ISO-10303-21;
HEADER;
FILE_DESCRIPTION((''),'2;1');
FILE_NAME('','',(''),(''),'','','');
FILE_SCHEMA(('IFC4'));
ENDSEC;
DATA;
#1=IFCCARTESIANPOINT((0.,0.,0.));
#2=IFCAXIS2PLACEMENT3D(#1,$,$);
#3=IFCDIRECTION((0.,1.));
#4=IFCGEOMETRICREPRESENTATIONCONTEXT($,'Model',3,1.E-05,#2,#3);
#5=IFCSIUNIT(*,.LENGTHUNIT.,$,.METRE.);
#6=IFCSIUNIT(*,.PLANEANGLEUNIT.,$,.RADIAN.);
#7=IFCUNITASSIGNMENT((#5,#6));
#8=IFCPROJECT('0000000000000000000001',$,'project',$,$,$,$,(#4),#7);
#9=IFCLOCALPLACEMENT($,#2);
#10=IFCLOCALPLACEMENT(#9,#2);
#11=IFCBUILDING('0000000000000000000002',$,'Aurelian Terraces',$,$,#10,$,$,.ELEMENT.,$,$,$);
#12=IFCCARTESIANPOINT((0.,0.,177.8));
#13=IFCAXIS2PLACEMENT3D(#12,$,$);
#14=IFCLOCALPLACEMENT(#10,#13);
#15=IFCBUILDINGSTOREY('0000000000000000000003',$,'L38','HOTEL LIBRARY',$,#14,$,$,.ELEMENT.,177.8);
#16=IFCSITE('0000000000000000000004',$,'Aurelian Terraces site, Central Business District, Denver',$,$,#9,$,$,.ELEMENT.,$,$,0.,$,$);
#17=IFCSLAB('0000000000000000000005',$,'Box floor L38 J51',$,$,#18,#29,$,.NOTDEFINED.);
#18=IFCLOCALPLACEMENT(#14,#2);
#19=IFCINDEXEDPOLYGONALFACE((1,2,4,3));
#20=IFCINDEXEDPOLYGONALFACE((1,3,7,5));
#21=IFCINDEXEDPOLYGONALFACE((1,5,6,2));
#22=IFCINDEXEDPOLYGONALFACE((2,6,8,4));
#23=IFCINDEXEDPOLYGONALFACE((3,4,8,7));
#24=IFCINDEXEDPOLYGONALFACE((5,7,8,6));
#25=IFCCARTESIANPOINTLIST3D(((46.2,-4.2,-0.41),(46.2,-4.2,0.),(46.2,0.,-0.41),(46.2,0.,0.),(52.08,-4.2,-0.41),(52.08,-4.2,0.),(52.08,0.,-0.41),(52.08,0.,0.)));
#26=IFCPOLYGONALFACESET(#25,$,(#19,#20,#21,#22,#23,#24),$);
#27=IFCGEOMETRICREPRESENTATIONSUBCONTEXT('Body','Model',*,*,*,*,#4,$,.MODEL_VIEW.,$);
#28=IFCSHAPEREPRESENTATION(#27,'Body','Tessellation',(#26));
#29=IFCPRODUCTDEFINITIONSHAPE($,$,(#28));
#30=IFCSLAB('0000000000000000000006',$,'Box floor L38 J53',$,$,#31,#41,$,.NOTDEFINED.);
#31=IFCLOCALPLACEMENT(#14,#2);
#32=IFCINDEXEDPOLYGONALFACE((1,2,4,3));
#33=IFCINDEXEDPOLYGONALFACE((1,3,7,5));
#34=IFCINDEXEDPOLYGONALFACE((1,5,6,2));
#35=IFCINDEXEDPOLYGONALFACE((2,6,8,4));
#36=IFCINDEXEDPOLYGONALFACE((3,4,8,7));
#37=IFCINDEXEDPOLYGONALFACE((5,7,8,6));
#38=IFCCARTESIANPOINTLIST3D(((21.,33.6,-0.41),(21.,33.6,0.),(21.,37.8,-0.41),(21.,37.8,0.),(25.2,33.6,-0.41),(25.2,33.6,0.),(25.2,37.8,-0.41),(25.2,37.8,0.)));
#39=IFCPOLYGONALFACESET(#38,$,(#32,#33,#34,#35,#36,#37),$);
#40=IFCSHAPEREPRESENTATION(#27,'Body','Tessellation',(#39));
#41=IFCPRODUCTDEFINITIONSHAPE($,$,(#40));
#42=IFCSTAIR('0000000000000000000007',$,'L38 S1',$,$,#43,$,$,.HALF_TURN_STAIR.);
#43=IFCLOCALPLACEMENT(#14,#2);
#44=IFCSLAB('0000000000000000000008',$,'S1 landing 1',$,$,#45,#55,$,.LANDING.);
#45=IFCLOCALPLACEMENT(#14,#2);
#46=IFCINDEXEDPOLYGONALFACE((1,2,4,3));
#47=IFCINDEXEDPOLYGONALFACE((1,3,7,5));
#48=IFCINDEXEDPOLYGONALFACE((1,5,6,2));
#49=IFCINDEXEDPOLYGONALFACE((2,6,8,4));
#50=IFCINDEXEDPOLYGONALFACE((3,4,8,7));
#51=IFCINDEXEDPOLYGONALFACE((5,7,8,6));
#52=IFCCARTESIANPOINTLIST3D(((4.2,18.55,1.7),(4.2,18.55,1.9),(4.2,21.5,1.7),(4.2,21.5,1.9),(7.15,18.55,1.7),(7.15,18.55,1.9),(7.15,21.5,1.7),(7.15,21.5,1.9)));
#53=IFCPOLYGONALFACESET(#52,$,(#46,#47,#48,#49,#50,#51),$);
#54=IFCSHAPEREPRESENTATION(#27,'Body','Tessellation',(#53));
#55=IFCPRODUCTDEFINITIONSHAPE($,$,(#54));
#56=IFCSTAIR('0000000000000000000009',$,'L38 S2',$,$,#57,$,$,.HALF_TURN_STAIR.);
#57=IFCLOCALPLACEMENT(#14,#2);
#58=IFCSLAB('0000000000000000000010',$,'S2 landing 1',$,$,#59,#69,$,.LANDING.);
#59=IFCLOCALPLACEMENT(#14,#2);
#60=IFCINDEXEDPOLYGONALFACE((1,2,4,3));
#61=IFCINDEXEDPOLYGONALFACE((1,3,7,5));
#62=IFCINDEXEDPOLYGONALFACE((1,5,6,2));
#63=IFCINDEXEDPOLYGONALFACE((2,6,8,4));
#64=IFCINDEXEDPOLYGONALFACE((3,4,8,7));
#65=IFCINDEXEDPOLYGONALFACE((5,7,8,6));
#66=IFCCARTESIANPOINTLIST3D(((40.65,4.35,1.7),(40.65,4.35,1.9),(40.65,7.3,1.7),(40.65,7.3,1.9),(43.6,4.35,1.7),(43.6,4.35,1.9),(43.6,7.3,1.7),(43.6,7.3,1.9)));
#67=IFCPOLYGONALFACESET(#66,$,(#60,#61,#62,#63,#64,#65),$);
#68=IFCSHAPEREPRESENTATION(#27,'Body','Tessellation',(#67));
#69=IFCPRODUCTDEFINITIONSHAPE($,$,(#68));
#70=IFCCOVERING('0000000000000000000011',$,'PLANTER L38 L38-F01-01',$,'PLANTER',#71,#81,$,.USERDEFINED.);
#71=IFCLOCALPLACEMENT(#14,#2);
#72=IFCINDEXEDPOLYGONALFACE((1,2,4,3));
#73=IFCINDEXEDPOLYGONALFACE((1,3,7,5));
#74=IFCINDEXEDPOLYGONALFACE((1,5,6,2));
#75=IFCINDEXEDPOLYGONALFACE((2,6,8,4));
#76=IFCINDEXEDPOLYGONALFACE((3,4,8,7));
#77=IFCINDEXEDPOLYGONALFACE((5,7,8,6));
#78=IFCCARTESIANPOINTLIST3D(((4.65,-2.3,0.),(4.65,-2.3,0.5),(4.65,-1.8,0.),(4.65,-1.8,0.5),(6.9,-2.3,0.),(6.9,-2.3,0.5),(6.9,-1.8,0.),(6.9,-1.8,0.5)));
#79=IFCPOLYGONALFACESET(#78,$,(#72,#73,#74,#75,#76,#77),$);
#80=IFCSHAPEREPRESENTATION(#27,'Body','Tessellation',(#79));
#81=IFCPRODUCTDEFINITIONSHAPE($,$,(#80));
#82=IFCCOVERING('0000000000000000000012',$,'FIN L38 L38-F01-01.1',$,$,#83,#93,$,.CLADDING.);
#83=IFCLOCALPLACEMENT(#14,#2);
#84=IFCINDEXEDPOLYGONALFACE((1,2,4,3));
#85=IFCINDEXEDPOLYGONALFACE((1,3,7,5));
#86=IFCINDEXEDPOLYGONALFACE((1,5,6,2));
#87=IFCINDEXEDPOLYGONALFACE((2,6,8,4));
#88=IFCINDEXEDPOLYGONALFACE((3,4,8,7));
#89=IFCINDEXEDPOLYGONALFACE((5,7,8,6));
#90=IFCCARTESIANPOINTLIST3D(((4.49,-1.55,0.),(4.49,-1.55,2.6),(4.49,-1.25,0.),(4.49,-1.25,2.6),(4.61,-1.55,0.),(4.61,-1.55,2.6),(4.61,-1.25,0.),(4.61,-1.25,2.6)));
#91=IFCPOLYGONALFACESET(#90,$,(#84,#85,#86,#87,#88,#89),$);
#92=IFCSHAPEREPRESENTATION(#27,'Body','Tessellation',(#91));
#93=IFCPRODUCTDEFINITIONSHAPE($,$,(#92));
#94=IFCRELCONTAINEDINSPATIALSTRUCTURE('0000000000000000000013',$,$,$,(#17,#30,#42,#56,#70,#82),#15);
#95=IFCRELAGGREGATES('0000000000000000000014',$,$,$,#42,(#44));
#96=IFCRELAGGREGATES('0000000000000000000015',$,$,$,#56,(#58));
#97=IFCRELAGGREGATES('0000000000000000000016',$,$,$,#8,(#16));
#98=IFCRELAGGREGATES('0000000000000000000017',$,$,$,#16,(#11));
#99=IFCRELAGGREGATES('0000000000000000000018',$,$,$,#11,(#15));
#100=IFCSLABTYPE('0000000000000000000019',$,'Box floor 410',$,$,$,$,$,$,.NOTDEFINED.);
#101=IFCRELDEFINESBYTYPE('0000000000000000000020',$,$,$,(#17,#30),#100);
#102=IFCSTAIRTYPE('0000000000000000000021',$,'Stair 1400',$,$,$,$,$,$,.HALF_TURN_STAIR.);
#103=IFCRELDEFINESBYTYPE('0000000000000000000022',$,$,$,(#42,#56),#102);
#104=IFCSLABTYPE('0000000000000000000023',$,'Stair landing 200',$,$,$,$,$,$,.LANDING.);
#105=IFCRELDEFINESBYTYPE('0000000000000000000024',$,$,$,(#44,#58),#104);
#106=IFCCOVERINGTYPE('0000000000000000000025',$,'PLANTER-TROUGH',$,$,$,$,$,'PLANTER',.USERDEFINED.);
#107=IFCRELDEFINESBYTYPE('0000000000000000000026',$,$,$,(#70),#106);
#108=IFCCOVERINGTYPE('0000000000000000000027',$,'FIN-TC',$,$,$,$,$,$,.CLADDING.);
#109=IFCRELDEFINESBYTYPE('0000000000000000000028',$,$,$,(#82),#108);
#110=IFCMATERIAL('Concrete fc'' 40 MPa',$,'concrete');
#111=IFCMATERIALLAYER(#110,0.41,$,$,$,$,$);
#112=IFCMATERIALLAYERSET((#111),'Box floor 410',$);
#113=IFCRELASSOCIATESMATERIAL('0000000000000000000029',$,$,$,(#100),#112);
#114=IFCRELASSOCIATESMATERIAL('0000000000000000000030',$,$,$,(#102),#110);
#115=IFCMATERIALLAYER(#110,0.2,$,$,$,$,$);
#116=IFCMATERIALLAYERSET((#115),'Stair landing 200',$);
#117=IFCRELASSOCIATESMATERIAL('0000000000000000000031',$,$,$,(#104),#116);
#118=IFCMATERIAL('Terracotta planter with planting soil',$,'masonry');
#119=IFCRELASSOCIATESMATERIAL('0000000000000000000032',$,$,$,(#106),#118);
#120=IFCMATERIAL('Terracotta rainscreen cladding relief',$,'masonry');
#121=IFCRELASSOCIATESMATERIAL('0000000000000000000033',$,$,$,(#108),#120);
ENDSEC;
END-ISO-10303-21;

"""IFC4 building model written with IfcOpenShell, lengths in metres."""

from ifc_helpers import new_model, si_unit, direction, frame, origin, origin_2d, place, context, subcontext, project, spatial, polyline, rectangle, outline, extrude, source, transform, mapped, material, layer, layer_set, type_object, element, aggregate, save


model = new_model("IFC4")

# Units and contexts
model_context = context("Model", 3, precision=1e-05, world=origin(), true_north=direction((0.0, 1.0)))
body_context = subcontext(model_context, "Body", "Model", "MODEL_VIEW")
ifc_project = project(units=[si_unit("LENGTHUNIT", "METRE"), si_unit("PLANEANGLEUNIT", "RADIAN")], contexts=[model_context])

# Site, building, storey
site_placement = place(None, origin())
site = spatial("IfcSite", under=ifc_project, at=site_placement, Name="Aurelian Terraces site, Central Business District, Denver", CompositionType="ELEMENT", RefElevation=0.0)
building_placement = place(site_placement, origin())
building = spatial("IfcBuilding", under=site, at=building_placement, Name="Aurelian Terraces", CompositionType="ELEMENT")
storey_placement = place(building_placement, frame((0.0, 0.0, 177.8)))
storey = spatial("IfcBuildingStorey", under=building, at=storey_placement, Name="L38", Description="HOTEL LIBRARY", CompositionType="ELEMENT", Elevation=177.8)

# Slabs
ifc_material_1 = material(Name="Concrete fc' 40 MPa", Category="concrete")
ifc_layer_1 = layer(ifc_material_1, 0.41)
ifc_layer_set_1 = layer_set([ifc_layer_1], Name="Box floor 410")
slab_type_1 = type_object("IfcSlabType", Name="Box floor 410", PredefinedType="NOTDEFINED", material=ifc_layer_set_1)
shared_shape_1 = source(origin(), body_context, "Body", "SweptSolid", [
    extrude(outline(polyline([(46.2, -4.2), (52.08, -4.2), (52.08, 0.0), (46.2, 0.0), (46.2, -4.2)])), origin(), (0.0, 0.0, 1.0), 0.41),
])
slab_1_placement = place(storey_placement, frame((0.0, 0.0, -0.41)))
element("IfcSlab", 1, at=slab_1_placement, inside=storey, type_object=slab_type_1, Name="Box floor L38 J51", PredefinedType="NOTDEFINED", context=body_context, shape_type="MappedRepresentation", body=[
    mapped(shared_shape_1, transform((0.0, 0.0, 0.0), scale=1.0)),
])
shared_shape_2 = source(origin(), body_context, "Body", "SweptSolid", [
    extrude(outline(polyline([(25.2, 33.6), (25.2, 37.8), (21.0, 37.8), (21.0, 33.6), (25.2, 33.6)])), origin(), (0.0, 0.0, 1.0), 0.41),
])
slab_2_placement = place(storey_placement, frame((0.0, 0.0, -0.41)))
element("IfcSlab", 2, at=slab_2_placement, inside=storey, type_object=slab_type_1, Name="Box floor L38 J53", PredefinedType="NOTDEFINED", context=body_context, shape_type="MappedRepresentation", body=[
    mapped(shared_shape_2, transform((0.0, 0.0, 0.0), scale=1.0)),
])

# Stairs, slabs
stair_type = type_object("IfcStairType", Name="Stair 1400", PredefinedType="HALF_TURN_STAIR", material=ifc_material_1)
stair_1_placement = place(storey_placement, origin())
stair_1 = element("IfcStair", 3, at=stair_1_placement, inside=storey, type_object=stair_type, Name="L38 S1", PredefinedType="HALF_TURN_STAIR")
ifc_layer_2 = layer(ifc_material_1, 0.2)
ifc_layer_set_2 = layer_set([ifc_layer_2], Name="Stair landing 200")
slab_type_2 = type_object("IfcSlabType", Name="Stair landing 200", PredefinedType="LANDING", material=ifc_layer_set_2)
shared_shape_3 = source(origin(), body_context, "Body", "SweptSolid", [
    extrude(outline(polyline([(7.15, 18.55), (7.15, 21.5), (4.2, 21.5), (4.2, 18.55), (7.15, 18.55)])), origin(), (0.0, 0.0, 1.0), 0.2),
])
slab_3_placement = place(storey_placement, frame((0.0, 0.0, 1.7)))
slab_3 = element("IfcSlab", 4, at=slab_3_placement, type_object=slab_type_2, Name="S1 landing 1", PredefinedType="LANDING", context=body_context, shape_type="MappedRepresentation", body=[
    mapped(shared_shape_3, transform((0.0, 0.0, 0.0), scale=1.0)),
])
aggregate(stair_1, [slab_3])
stair_2_placement = place(storey_placement, origin())
stair_2 = element("IfcStair", 5, at=stair_2_placement, inside=storey, type_object=stair_type, Name="L38 S2", PredefinedType="HALF_TURN_STAIR")
shared_shape_4 = source(origin(), body_context, "Body", "SweptSolid", [
    extrude(outline(polyline([(43.6, 4.35), (43.6, 7.3), (40.65, 7.3), (40.65, 4.35), (43.6, 4.35)])), origin(), (0.0, 0.0, 1.0), 0.2),
])
slab_4_placement = place(storey_placement, frame((0.0, 0.0, 1.7)))
slab_4 = element("IfcSlab", 6, at=slab_4_placement, type_object=slab_type_2, Name="S2 landing 1", PredefinedType="LANDING", context=body_context, shape_type="MappedRepresentation", body=[
    mapped(shared_shape_4, transform((0.0, 0.0, 0.0), scale=1.0)),
])
aggregate(stair_2, [slab_4])

# Coverings
ifc_material_2 = material(Name="Terracotta planter with planting soil", Category="masonry")
covering_type_1 = type_object("IfcCoveringType", Name="PLANTER-TROUGH", ElementType="PLANTER", PredefinedType="USERDEFINED", material=ifc_material_2)
covering_1_placement = place(storey_placement, frame((5.775, -2.05, 0.0), z_axis=(0.0, 0.0, 1.0), x_axis=(1.0, 0.0, 0.0)))
element("IfcCovering", 7, at=covering_1_placement, inside=storey, type_object=covering_type_1, Name="PLANTER L38 L38-F01-01", ObjectType="PLANTER", PredefinedType="USERDEFINED", context=body_context, shape_type="SweptSolid", body=[
    extrude(rectangle(XDim=2.25, YDim=0.5, at=origin_2d()), origin(), (0.0, 0.0, 1.0), 0.5),
])
ifc_material_3 = material(Name="Terracotta rainscreen cladding relief", Category="masonry")
covering_type_2 = type_object("IfcCoveringType", Name="FIN-TC", PredefinedType="CLADDING", material=ifc_material_3)
shared_shape_5 = source(origin(), body_context, "Body", "SweptSolid", [
    extrude(rectangle(XDim=0.12, YDim=0.3, at=origin_2d()), origin(), (0.0, 0.0, 1.0), 2.6),
])
covering_2_placement = place(storey_placement, frame((4.55, -1.4, 0.0), z_axis=(0.0, 0.0, 1.0), x_axis=(1.0, 0.0, 0.0)))
element("IfcCovering", 8, at=covering_2_placement, inside=storey, type_object=covering_type_2, Name="FIN L38 L38-F01-01.1", PredefinedType="CLADDING", context=body_context, shape_type="MappedRepresentation", body=[
    mapped(shared_shape_5, transform((0.0, 0.0, 0.0), scale=1.0)),
])

save(model, "model.ifc")
